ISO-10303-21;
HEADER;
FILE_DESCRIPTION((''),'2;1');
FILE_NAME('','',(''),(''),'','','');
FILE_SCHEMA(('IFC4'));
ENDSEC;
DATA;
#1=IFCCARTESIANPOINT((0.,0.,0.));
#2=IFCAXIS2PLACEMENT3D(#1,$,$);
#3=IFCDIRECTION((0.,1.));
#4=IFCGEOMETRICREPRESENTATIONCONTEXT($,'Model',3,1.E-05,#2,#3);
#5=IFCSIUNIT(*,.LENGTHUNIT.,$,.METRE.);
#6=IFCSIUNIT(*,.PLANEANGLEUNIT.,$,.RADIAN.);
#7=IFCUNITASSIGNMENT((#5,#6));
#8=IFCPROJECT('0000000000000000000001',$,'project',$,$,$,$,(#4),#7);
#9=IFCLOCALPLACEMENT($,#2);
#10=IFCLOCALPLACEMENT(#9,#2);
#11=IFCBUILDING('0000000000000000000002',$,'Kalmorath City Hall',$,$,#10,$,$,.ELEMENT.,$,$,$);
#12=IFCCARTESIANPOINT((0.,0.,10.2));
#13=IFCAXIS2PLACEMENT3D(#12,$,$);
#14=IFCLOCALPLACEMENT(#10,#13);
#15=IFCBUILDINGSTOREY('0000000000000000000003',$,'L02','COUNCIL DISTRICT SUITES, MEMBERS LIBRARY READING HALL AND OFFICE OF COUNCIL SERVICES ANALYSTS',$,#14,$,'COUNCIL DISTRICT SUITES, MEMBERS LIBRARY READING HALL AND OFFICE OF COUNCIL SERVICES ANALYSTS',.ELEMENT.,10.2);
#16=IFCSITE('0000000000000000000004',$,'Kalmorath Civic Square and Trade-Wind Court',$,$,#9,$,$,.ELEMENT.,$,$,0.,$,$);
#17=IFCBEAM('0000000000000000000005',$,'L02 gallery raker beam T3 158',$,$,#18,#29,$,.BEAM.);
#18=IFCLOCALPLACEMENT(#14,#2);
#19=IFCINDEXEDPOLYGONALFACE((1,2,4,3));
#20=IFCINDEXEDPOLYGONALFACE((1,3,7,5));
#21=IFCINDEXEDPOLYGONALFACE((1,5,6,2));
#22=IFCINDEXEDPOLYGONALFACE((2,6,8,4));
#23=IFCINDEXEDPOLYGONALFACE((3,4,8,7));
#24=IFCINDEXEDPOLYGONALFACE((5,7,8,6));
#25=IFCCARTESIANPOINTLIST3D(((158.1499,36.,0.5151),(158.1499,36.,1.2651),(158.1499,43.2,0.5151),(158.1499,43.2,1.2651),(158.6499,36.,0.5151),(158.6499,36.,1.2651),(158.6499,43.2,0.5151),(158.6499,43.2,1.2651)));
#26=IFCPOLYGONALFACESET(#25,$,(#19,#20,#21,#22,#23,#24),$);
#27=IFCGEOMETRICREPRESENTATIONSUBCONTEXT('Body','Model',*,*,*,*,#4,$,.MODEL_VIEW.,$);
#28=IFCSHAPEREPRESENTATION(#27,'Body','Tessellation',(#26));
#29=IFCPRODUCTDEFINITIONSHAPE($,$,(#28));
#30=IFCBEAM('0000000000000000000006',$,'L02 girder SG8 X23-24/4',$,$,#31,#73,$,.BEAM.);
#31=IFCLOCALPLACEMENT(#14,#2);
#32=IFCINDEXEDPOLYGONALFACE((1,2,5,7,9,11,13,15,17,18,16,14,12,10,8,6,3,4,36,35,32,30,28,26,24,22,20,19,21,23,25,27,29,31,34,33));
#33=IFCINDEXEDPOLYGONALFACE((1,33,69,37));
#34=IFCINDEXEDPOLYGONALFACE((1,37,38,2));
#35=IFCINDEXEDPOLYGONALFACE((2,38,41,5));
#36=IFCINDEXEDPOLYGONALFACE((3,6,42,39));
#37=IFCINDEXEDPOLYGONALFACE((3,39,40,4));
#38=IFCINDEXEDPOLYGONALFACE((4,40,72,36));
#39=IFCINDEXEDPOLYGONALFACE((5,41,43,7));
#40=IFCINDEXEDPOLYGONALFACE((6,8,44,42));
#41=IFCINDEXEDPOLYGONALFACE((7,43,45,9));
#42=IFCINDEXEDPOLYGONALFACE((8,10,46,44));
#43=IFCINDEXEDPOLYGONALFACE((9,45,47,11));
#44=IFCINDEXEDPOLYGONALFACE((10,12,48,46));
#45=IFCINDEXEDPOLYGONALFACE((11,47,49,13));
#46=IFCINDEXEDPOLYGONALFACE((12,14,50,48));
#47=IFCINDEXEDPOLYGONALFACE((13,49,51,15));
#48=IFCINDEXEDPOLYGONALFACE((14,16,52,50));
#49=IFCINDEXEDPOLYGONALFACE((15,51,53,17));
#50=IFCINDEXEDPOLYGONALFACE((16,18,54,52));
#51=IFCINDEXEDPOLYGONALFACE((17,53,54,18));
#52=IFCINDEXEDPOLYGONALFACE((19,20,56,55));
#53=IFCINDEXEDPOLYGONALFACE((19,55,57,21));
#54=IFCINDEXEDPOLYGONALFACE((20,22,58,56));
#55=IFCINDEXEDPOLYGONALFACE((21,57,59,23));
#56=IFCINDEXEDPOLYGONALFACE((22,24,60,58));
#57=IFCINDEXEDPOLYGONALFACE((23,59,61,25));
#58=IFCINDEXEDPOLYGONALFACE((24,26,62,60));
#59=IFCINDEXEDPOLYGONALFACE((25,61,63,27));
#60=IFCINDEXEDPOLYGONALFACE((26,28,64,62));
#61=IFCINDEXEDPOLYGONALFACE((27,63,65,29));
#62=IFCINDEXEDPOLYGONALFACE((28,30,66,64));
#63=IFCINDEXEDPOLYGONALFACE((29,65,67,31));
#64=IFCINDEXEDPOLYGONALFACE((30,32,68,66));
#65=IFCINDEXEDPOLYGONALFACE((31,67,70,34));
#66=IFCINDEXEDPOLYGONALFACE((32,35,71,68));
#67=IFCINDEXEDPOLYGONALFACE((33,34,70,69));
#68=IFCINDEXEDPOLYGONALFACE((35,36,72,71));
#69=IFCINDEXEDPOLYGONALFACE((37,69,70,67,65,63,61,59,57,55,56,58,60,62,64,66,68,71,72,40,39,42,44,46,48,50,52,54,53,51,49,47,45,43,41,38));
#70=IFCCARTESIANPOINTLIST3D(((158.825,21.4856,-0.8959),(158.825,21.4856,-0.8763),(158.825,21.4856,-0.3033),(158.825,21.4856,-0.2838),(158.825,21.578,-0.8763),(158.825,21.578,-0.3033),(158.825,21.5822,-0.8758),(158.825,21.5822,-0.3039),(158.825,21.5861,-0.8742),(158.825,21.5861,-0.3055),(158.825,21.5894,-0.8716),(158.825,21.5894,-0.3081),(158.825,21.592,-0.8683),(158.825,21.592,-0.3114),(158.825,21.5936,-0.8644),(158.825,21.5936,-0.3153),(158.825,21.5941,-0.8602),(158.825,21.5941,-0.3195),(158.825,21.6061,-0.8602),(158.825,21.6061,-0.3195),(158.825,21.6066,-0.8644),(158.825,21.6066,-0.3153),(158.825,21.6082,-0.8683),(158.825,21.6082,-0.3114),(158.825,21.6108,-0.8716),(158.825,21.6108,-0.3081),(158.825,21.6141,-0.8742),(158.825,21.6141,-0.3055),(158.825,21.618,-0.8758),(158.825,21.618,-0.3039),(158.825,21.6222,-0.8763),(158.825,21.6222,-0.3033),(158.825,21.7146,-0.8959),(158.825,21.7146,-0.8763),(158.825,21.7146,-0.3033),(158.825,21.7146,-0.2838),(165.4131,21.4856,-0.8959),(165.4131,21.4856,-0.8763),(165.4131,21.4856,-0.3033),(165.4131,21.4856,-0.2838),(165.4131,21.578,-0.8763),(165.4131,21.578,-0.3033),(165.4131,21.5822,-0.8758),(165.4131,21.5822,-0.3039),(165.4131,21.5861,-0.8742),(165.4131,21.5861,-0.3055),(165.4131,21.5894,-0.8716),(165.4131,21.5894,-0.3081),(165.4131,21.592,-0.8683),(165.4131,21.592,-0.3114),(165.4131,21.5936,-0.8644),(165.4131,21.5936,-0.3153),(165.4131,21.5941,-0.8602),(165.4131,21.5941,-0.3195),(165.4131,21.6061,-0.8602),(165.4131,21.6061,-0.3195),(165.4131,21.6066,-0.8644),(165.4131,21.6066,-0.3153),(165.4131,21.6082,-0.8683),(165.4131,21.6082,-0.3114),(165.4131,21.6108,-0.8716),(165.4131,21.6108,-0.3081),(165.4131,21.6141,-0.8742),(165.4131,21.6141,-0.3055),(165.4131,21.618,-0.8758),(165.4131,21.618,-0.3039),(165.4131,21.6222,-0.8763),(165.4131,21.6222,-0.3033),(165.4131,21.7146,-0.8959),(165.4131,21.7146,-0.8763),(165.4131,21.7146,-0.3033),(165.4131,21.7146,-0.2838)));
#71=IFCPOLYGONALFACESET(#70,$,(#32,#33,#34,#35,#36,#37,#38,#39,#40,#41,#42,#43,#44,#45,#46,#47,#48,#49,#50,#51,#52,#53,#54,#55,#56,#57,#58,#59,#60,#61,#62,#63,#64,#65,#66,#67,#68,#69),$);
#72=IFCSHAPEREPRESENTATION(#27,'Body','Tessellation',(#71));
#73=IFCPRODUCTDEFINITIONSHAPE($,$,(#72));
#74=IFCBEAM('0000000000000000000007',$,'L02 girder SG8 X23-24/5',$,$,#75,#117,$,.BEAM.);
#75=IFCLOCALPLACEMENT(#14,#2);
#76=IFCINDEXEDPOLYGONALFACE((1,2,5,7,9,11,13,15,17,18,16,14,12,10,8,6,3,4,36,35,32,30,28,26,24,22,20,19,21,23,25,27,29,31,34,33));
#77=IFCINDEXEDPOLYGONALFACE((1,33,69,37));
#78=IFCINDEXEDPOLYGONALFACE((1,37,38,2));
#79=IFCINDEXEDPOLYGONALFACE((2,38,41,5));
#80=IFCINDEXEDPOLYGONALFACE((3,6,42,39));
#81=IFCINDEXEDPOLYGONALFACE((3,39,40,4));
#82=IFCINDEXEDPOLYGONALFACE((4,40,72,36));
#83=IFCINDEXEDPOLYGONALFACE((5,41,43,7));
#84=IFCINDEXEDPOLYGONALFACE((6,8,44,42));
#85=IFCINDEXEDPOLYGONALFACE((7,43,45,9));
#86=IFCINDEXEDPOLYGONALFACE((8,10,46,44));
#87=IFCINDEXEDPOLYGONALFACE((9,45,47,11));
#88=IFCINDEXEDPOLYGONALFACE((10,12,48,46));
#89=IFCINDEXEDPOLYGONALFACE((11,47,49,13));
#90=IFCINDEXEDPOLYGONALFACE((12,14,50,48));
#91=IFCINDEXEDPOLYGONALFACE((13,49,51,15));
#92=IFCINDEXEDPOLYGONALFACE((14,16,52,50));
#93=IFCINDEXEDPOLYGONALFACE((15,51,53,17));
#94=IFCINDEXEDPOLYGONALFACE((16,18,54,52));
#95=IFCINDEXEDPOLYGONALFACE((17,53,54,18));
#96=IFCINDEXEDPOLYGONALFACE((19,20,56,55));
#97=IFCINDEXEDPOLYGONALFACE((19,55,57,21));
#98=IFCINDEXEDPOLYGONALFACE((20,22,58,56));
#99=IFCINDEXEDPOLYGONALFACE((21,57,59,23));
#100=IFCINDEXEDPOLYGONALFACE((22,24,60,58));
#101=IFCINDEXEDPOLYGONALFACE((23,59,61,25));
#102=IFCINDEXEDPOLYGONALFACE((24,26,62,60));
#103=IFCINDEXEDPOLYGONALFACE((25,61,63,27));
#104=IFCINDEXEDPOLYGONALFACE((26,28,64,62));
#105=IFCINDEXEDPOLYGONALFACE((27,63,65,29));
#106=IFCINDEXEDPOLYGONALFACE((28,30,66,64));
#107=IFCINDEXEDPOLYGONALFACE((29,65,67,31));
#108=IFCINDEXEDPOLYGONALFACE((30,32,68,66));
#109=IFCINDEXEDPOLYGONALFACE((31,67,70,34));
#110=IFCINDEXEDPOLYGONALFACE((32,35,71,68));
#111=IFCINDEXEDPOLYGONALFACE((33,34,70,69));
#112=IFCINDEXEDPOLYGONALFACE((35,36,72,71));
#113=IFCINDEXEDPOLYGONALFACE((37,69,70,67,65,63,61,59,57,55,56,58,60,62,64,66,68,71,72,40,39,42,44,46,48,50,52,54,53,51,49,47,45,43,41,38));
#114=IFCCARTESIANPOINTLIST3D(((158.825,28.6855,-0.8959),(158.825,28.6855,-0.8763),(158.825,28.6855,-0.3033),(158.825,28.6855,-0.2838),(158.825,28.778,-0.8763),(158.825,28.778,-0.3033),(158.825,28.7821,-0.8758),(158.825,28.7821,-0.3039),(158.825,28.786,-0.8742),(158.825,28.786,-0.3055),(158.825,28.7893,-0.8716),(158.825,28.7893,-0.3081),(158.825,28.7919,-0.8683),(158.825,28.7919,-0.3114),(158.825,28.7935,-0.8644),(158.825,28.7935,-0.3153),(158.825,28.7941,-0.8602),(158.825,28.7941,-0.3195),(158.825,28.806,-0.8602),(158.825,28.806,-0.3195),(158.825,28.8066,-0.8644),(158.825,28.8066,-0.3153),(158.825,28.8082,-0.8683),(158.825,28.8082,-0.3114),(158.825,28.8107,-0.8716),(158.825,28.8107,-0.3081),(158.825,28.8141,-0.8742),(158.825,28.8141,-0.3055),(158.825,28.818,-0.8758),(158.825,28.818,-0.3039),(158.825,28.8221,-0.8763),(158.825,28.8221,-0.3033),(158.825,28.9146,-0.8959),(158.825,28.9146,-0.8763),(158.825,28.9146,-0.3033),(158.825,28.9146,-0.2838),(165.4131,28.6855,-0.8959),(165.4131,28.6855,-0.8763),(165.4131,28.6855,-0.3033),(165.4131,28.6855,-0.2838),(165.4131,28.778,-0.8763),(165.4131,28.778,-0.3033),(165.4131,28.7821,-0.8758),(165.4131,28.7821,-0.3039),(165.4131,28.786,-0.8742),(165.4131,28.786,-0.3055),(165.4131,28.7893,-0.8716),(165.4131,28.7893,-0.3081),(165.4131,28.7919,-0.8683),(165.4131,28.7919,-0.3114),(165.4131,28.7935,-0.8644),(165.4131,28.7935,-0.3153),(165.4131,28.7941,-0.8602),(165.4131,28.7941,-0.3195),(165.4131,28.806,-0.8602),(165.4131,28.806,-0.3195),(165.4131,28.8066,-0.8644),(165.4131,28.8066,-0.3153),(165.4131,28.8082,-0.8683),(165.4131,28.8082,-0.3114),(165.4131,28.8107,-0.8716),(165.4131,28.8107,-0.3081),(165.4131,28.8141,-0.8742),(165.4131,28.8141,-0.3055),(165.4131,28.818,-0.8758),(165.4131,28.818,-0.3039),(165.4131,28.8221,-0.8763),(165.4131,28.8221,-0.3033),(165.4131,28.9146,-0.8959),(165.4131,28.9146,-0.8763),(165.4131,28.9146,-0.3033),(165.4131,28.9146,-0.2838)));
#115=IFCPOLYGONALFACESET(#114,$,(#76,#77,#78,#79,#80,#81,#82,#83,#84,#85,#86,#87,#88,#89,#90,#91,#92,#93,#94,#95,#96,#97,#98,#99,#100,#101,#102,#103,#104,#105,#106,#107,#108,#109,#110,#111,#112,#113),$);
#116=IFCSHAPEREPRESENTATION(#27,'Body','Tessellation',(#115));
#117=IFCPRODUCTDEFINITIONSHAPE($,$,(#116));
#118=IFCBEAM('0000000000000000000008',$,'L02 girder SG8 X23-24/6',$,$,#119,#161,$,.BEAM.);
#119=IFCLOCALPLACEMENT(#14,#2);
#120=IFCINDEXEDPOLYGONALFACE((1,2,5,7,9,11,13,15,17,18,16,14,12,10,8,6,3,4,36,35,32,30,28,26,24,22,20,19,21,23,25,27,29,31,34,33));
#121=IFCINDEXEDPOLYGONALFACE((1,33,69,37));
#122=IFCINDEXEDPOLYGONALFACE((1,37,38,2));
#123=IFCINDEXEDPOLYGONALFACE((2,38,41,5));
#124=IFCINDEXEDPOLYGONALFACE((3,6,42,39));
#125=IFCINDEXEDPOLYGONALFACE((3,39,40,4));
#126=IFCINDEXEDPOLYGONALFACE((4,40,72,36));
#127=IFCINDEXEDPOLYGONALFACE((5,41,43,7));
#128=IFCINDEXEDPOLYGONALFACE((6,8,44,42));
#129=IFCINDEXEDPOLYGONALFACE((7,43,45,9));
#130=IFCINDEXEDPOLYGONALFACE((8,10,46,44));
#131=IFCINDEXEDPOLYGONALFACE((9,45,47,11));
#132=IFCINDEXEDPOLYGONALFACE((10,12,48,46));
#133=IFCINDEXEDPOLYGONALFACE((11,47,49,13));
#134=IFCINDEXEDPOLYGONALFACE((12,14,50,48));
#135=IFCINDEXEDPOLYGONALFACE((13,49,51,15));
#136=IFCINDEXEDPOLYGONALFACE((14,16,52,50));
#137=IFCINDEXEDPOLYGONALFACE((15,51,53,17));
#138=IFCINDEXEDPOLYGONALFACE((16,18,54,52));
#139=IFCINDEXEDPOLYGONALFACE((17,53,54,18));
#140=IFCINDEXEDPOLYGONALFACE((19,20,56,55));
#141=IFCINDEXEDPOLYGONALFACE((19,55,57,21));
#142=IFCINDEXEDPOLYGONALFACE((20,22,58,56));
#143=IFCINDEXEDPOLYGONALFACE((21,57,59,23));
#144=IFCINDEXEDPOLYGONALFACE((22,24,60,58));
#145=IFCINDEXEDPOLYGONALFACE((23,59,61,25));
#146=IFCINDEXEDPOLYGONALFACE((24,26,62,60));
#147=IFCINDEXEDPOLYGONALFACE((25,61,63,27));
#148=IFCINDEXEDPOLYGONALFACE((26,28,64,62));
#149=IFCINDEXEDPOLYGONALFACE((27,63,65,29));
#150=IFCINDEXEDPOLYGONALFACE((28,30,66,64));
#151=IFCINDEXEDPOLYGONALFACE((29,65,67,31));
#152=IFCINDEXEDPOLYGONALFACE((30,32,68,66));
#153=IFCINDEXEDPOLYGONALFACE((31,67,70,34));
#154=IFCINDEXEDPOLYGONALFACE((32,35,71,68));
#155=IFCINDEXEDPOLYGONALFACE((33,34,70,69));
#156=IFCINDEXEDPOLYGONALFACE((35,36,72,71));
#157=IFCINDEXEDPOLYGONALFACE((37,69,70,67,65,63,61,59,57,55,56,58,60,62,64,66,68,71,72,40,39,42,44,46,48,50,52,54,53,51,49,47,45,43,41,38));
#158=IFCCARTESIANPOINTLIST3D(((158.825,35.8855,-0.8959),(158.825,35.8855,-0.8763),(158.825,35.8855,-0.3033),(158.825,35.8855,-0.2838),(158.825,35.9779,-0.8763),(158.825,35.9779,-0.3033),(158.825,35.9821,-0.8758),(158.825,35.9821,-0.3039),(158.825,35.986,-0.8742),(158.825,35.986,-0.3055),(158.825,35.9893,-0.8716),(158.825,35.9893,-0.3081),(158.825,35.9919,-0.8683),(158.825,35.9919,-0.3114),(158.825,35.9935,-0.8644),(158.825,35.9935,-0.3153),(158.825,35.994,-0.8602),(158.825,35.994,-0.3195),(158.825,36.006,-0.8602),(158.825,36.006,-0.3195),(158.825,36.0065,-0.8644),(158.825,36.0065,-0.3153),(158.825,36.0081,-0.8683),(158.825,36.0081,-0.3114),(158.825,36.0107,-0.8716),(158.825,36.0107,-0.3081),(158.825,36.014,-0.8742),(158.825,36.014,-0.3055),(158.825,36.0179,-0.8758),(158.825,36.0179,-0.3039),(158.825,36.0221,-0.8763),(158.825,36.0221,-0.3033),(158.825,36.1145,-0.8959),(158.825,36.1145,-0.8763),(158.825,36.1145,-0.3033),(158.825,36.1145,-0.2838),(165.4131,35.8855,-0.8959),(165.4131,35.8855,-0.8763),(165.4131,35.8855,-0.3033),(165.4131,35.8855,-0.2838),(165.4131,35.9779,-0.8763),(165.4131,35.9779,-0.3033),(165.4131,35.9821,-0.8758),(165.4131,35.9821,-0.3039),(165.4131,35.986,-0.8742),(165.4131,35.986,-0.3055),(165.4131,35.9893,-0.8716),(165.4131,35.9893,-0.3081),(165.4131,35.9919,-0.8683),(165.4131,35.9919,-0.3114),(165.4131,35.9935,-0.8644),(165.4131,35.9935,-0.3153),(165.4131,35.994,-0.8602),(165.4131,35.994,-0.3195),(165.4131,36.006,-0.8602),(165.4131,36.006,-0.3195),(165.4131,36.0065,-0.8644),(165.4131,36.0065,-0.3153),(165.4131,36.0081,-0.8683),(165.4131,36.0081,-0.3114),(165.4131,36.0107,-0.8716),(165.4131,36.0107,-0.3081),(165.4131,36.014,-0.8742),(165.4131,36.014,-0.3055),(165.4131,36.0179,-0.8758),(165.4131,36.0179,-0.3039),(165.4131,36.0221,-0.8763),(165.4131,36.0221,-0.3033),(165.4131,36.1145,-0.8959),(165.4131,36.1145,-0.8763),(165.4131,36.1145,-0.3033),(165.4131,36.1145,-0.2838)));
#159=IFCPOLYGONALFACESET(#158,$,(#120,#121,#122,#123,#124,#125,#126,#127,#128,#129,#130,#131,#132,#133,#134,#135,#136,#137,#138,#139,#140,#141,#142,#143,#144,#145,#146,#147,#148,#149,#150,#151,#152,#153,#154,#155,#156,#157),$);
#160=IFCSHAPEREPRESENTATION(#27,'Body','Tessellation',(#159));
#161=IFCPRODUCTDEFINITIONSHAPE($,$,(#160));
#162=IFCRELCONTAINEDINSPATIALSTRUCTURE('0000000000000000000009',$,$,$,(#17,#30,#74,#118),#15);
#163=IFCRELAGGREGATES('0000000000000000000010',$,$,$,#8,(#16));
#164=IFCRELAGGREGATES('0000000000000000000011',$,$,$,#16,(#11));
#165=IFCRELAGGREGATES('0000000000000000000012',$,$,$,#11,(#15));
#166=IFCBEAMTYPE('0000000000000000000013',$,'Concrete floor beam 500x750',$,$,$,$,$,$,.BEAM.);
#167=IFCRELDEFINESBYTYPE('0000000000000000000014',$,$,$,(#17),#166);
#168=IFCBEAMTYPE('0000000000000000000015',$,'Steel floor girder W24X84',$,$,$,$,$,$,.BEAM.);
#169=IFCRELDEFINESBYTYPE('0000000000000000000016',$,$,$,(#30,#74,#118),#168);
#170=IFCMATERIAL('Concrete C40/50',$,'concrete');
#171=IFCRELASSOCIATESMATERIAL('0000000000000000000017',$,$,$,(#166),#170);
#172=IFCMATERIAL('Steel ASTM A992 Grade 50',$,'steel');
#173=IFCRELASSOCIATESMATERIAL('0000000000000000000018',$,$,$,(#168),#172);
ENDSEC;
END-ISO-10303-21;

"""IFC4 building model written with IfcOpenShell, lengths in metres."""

from ifc_helpers import new_model, si_unit, direction, frame, origin, origin_2d, place, context, subcontext, project, spatial, rectangle, i_section, extrude, material, material_profile, profile_set, type_object, element, save


model = new_model("IFC4")

# Units and contexts
model_context = context("Model", 3, precision=1e-05, world=origin(), true_north=direction((0.0, 1.0)))
body_context = subcontext(model_context, "Body", "Model", "MODEL_VIEW")
ifc_project = project(units=[si_unit("LENGTHUNIT", "METRE"), si_unit("PLANEANGLEUNIT", "RADIAN")], contexts=[model_context])

# Site, building, storey
site_placement = place(None, origin())
site = spatial("IfcSite", under=ifc_project, at=site_placement, Name="Kalmorath Civic Square and Trade-Wind Court", CompositionType="ELEMENT", RefElevation=0.0)
building_placement = place(site_placement, origin())
building = spatial("IfcBuilding", under=site, at=building_placement, Name="Kalmorath City Hall", CompositionType="ELEMENT")
storey_placement = place(building_placement, frame((0.0, 0.0, 10.2)))
storey = spatial("IfcBuildingStorey", under=building, at=storey_placement, Name="L02", Description="COUNCIL DISTRICT SUITES, MEMBERS LIBRARY READING HALL AND OFFICE OF COUNCIL SERVICES ANALYSTS", LongName="COUNCIL DISTRICT SUITES, MEMBERS LIBRARY READING HALL AND OFFICE OF COUNCIL SERVICES ANALYSTS", CompositionType="ELEMENT", Elevation=10.2)

# Beams
ifc_material_1 = material(Name="Concrete C40/50", Category="concrete")
ifc_material_profile_1 = material_profile(ifc_material_1, rectangle(XDim=0.5, YDim=0.75, at=origin_2d()), Name="RC-BM-500X750")
ifc_profile_set_1 = profile_set([ifc_material_profile_1], Name="Concrete C40/50")
beam_type_1 = type_object("IfcBeamType", Name="Concrete floor beam 500x750", PredefinedType="BEAM", material=ifc_profile_set_1)
for number, where, z_axis, x_axis, name in (
    (1, (158.3999, 36.0, 0.8901), (0.0, 1.0, 0.0), (-1.0, 0.0, 0.0), "L02 gallery raker beam T3 158"),
):
    element("IfcBeam", number, at=place(storey_placement, frame(where, z_axis=z_axis, x_axis=x_axis)), inside=storey, type_object=beam_type_1, Name=name, PredefinedType="BEAM", context=body_context, shape_type="SweptSolid", body=[
        extrude(rectangle(XDim=0.5, YDim=0.75, at=origin_2d()), origin(), (0.0, 0.0, 1.0), 7.2),
    ])
ifc_material_2 = material(Name="Steel ASTM A992 Grade 50", Category="steel")
ifc_material_profile_2 = material_profile(ifc_material_2, i_section(OverallWidth=0.229, OverallDepth=0.6121, WebThickness=0.012, FlangeThickness=0.0195, FilletRadius=0.0161, at=origin_2d()), Name="W24X84")
ifc_profile_set_2 = profile_set([ifc_material_profile_2], Name="Steel ASTM A992 Grade 50")
beam_type_2 = type_object("IfcBeamType", Name="Steel floor girder W24X84", PredefinedType="BEAM", material=ifc_profile_set_2)
for number, where, z_axis, x_axis, name in (
    (2, (158.825, 21.6001, -0.5898), (1.0, 0.0, 0.0), (0.0, 1.0, 0.0), "L02 girder SG8 X23-24/4"),
    (3, (158.825, 28.8, -0.5898), (1.0, 0.0, 0.0), (0.0, 1.0, 0.0), "L02 girder SG8 X23-24/5"),
    (4, (158.825, 36.0, -0.5898), (1.0, 0.0, 0.0), (0.0, 1.0, 0.0), "L02 girder SG8 X23-24/6"),
):
    element("IfcBeam", number, at=place(storey_placement, frame(where, z_axis=z_axis, x_axis=x_axis)), inside=storey, type_object=beam_type_2, Name=name, PredefinedType="BEAM", context=body_context, shape_type="SweptSolid", body=[
        extrude(i_section(OverallWidth=0.229, OverallDepth=0.6121, WebThickness=0.012, FlangeThickness=0.0195, FilletRadius=0.0161, at=origin_2d()), origin(), (0.0, 0.0, 1.0), 6.5881),
    ])

save(model, "model.ifc")
